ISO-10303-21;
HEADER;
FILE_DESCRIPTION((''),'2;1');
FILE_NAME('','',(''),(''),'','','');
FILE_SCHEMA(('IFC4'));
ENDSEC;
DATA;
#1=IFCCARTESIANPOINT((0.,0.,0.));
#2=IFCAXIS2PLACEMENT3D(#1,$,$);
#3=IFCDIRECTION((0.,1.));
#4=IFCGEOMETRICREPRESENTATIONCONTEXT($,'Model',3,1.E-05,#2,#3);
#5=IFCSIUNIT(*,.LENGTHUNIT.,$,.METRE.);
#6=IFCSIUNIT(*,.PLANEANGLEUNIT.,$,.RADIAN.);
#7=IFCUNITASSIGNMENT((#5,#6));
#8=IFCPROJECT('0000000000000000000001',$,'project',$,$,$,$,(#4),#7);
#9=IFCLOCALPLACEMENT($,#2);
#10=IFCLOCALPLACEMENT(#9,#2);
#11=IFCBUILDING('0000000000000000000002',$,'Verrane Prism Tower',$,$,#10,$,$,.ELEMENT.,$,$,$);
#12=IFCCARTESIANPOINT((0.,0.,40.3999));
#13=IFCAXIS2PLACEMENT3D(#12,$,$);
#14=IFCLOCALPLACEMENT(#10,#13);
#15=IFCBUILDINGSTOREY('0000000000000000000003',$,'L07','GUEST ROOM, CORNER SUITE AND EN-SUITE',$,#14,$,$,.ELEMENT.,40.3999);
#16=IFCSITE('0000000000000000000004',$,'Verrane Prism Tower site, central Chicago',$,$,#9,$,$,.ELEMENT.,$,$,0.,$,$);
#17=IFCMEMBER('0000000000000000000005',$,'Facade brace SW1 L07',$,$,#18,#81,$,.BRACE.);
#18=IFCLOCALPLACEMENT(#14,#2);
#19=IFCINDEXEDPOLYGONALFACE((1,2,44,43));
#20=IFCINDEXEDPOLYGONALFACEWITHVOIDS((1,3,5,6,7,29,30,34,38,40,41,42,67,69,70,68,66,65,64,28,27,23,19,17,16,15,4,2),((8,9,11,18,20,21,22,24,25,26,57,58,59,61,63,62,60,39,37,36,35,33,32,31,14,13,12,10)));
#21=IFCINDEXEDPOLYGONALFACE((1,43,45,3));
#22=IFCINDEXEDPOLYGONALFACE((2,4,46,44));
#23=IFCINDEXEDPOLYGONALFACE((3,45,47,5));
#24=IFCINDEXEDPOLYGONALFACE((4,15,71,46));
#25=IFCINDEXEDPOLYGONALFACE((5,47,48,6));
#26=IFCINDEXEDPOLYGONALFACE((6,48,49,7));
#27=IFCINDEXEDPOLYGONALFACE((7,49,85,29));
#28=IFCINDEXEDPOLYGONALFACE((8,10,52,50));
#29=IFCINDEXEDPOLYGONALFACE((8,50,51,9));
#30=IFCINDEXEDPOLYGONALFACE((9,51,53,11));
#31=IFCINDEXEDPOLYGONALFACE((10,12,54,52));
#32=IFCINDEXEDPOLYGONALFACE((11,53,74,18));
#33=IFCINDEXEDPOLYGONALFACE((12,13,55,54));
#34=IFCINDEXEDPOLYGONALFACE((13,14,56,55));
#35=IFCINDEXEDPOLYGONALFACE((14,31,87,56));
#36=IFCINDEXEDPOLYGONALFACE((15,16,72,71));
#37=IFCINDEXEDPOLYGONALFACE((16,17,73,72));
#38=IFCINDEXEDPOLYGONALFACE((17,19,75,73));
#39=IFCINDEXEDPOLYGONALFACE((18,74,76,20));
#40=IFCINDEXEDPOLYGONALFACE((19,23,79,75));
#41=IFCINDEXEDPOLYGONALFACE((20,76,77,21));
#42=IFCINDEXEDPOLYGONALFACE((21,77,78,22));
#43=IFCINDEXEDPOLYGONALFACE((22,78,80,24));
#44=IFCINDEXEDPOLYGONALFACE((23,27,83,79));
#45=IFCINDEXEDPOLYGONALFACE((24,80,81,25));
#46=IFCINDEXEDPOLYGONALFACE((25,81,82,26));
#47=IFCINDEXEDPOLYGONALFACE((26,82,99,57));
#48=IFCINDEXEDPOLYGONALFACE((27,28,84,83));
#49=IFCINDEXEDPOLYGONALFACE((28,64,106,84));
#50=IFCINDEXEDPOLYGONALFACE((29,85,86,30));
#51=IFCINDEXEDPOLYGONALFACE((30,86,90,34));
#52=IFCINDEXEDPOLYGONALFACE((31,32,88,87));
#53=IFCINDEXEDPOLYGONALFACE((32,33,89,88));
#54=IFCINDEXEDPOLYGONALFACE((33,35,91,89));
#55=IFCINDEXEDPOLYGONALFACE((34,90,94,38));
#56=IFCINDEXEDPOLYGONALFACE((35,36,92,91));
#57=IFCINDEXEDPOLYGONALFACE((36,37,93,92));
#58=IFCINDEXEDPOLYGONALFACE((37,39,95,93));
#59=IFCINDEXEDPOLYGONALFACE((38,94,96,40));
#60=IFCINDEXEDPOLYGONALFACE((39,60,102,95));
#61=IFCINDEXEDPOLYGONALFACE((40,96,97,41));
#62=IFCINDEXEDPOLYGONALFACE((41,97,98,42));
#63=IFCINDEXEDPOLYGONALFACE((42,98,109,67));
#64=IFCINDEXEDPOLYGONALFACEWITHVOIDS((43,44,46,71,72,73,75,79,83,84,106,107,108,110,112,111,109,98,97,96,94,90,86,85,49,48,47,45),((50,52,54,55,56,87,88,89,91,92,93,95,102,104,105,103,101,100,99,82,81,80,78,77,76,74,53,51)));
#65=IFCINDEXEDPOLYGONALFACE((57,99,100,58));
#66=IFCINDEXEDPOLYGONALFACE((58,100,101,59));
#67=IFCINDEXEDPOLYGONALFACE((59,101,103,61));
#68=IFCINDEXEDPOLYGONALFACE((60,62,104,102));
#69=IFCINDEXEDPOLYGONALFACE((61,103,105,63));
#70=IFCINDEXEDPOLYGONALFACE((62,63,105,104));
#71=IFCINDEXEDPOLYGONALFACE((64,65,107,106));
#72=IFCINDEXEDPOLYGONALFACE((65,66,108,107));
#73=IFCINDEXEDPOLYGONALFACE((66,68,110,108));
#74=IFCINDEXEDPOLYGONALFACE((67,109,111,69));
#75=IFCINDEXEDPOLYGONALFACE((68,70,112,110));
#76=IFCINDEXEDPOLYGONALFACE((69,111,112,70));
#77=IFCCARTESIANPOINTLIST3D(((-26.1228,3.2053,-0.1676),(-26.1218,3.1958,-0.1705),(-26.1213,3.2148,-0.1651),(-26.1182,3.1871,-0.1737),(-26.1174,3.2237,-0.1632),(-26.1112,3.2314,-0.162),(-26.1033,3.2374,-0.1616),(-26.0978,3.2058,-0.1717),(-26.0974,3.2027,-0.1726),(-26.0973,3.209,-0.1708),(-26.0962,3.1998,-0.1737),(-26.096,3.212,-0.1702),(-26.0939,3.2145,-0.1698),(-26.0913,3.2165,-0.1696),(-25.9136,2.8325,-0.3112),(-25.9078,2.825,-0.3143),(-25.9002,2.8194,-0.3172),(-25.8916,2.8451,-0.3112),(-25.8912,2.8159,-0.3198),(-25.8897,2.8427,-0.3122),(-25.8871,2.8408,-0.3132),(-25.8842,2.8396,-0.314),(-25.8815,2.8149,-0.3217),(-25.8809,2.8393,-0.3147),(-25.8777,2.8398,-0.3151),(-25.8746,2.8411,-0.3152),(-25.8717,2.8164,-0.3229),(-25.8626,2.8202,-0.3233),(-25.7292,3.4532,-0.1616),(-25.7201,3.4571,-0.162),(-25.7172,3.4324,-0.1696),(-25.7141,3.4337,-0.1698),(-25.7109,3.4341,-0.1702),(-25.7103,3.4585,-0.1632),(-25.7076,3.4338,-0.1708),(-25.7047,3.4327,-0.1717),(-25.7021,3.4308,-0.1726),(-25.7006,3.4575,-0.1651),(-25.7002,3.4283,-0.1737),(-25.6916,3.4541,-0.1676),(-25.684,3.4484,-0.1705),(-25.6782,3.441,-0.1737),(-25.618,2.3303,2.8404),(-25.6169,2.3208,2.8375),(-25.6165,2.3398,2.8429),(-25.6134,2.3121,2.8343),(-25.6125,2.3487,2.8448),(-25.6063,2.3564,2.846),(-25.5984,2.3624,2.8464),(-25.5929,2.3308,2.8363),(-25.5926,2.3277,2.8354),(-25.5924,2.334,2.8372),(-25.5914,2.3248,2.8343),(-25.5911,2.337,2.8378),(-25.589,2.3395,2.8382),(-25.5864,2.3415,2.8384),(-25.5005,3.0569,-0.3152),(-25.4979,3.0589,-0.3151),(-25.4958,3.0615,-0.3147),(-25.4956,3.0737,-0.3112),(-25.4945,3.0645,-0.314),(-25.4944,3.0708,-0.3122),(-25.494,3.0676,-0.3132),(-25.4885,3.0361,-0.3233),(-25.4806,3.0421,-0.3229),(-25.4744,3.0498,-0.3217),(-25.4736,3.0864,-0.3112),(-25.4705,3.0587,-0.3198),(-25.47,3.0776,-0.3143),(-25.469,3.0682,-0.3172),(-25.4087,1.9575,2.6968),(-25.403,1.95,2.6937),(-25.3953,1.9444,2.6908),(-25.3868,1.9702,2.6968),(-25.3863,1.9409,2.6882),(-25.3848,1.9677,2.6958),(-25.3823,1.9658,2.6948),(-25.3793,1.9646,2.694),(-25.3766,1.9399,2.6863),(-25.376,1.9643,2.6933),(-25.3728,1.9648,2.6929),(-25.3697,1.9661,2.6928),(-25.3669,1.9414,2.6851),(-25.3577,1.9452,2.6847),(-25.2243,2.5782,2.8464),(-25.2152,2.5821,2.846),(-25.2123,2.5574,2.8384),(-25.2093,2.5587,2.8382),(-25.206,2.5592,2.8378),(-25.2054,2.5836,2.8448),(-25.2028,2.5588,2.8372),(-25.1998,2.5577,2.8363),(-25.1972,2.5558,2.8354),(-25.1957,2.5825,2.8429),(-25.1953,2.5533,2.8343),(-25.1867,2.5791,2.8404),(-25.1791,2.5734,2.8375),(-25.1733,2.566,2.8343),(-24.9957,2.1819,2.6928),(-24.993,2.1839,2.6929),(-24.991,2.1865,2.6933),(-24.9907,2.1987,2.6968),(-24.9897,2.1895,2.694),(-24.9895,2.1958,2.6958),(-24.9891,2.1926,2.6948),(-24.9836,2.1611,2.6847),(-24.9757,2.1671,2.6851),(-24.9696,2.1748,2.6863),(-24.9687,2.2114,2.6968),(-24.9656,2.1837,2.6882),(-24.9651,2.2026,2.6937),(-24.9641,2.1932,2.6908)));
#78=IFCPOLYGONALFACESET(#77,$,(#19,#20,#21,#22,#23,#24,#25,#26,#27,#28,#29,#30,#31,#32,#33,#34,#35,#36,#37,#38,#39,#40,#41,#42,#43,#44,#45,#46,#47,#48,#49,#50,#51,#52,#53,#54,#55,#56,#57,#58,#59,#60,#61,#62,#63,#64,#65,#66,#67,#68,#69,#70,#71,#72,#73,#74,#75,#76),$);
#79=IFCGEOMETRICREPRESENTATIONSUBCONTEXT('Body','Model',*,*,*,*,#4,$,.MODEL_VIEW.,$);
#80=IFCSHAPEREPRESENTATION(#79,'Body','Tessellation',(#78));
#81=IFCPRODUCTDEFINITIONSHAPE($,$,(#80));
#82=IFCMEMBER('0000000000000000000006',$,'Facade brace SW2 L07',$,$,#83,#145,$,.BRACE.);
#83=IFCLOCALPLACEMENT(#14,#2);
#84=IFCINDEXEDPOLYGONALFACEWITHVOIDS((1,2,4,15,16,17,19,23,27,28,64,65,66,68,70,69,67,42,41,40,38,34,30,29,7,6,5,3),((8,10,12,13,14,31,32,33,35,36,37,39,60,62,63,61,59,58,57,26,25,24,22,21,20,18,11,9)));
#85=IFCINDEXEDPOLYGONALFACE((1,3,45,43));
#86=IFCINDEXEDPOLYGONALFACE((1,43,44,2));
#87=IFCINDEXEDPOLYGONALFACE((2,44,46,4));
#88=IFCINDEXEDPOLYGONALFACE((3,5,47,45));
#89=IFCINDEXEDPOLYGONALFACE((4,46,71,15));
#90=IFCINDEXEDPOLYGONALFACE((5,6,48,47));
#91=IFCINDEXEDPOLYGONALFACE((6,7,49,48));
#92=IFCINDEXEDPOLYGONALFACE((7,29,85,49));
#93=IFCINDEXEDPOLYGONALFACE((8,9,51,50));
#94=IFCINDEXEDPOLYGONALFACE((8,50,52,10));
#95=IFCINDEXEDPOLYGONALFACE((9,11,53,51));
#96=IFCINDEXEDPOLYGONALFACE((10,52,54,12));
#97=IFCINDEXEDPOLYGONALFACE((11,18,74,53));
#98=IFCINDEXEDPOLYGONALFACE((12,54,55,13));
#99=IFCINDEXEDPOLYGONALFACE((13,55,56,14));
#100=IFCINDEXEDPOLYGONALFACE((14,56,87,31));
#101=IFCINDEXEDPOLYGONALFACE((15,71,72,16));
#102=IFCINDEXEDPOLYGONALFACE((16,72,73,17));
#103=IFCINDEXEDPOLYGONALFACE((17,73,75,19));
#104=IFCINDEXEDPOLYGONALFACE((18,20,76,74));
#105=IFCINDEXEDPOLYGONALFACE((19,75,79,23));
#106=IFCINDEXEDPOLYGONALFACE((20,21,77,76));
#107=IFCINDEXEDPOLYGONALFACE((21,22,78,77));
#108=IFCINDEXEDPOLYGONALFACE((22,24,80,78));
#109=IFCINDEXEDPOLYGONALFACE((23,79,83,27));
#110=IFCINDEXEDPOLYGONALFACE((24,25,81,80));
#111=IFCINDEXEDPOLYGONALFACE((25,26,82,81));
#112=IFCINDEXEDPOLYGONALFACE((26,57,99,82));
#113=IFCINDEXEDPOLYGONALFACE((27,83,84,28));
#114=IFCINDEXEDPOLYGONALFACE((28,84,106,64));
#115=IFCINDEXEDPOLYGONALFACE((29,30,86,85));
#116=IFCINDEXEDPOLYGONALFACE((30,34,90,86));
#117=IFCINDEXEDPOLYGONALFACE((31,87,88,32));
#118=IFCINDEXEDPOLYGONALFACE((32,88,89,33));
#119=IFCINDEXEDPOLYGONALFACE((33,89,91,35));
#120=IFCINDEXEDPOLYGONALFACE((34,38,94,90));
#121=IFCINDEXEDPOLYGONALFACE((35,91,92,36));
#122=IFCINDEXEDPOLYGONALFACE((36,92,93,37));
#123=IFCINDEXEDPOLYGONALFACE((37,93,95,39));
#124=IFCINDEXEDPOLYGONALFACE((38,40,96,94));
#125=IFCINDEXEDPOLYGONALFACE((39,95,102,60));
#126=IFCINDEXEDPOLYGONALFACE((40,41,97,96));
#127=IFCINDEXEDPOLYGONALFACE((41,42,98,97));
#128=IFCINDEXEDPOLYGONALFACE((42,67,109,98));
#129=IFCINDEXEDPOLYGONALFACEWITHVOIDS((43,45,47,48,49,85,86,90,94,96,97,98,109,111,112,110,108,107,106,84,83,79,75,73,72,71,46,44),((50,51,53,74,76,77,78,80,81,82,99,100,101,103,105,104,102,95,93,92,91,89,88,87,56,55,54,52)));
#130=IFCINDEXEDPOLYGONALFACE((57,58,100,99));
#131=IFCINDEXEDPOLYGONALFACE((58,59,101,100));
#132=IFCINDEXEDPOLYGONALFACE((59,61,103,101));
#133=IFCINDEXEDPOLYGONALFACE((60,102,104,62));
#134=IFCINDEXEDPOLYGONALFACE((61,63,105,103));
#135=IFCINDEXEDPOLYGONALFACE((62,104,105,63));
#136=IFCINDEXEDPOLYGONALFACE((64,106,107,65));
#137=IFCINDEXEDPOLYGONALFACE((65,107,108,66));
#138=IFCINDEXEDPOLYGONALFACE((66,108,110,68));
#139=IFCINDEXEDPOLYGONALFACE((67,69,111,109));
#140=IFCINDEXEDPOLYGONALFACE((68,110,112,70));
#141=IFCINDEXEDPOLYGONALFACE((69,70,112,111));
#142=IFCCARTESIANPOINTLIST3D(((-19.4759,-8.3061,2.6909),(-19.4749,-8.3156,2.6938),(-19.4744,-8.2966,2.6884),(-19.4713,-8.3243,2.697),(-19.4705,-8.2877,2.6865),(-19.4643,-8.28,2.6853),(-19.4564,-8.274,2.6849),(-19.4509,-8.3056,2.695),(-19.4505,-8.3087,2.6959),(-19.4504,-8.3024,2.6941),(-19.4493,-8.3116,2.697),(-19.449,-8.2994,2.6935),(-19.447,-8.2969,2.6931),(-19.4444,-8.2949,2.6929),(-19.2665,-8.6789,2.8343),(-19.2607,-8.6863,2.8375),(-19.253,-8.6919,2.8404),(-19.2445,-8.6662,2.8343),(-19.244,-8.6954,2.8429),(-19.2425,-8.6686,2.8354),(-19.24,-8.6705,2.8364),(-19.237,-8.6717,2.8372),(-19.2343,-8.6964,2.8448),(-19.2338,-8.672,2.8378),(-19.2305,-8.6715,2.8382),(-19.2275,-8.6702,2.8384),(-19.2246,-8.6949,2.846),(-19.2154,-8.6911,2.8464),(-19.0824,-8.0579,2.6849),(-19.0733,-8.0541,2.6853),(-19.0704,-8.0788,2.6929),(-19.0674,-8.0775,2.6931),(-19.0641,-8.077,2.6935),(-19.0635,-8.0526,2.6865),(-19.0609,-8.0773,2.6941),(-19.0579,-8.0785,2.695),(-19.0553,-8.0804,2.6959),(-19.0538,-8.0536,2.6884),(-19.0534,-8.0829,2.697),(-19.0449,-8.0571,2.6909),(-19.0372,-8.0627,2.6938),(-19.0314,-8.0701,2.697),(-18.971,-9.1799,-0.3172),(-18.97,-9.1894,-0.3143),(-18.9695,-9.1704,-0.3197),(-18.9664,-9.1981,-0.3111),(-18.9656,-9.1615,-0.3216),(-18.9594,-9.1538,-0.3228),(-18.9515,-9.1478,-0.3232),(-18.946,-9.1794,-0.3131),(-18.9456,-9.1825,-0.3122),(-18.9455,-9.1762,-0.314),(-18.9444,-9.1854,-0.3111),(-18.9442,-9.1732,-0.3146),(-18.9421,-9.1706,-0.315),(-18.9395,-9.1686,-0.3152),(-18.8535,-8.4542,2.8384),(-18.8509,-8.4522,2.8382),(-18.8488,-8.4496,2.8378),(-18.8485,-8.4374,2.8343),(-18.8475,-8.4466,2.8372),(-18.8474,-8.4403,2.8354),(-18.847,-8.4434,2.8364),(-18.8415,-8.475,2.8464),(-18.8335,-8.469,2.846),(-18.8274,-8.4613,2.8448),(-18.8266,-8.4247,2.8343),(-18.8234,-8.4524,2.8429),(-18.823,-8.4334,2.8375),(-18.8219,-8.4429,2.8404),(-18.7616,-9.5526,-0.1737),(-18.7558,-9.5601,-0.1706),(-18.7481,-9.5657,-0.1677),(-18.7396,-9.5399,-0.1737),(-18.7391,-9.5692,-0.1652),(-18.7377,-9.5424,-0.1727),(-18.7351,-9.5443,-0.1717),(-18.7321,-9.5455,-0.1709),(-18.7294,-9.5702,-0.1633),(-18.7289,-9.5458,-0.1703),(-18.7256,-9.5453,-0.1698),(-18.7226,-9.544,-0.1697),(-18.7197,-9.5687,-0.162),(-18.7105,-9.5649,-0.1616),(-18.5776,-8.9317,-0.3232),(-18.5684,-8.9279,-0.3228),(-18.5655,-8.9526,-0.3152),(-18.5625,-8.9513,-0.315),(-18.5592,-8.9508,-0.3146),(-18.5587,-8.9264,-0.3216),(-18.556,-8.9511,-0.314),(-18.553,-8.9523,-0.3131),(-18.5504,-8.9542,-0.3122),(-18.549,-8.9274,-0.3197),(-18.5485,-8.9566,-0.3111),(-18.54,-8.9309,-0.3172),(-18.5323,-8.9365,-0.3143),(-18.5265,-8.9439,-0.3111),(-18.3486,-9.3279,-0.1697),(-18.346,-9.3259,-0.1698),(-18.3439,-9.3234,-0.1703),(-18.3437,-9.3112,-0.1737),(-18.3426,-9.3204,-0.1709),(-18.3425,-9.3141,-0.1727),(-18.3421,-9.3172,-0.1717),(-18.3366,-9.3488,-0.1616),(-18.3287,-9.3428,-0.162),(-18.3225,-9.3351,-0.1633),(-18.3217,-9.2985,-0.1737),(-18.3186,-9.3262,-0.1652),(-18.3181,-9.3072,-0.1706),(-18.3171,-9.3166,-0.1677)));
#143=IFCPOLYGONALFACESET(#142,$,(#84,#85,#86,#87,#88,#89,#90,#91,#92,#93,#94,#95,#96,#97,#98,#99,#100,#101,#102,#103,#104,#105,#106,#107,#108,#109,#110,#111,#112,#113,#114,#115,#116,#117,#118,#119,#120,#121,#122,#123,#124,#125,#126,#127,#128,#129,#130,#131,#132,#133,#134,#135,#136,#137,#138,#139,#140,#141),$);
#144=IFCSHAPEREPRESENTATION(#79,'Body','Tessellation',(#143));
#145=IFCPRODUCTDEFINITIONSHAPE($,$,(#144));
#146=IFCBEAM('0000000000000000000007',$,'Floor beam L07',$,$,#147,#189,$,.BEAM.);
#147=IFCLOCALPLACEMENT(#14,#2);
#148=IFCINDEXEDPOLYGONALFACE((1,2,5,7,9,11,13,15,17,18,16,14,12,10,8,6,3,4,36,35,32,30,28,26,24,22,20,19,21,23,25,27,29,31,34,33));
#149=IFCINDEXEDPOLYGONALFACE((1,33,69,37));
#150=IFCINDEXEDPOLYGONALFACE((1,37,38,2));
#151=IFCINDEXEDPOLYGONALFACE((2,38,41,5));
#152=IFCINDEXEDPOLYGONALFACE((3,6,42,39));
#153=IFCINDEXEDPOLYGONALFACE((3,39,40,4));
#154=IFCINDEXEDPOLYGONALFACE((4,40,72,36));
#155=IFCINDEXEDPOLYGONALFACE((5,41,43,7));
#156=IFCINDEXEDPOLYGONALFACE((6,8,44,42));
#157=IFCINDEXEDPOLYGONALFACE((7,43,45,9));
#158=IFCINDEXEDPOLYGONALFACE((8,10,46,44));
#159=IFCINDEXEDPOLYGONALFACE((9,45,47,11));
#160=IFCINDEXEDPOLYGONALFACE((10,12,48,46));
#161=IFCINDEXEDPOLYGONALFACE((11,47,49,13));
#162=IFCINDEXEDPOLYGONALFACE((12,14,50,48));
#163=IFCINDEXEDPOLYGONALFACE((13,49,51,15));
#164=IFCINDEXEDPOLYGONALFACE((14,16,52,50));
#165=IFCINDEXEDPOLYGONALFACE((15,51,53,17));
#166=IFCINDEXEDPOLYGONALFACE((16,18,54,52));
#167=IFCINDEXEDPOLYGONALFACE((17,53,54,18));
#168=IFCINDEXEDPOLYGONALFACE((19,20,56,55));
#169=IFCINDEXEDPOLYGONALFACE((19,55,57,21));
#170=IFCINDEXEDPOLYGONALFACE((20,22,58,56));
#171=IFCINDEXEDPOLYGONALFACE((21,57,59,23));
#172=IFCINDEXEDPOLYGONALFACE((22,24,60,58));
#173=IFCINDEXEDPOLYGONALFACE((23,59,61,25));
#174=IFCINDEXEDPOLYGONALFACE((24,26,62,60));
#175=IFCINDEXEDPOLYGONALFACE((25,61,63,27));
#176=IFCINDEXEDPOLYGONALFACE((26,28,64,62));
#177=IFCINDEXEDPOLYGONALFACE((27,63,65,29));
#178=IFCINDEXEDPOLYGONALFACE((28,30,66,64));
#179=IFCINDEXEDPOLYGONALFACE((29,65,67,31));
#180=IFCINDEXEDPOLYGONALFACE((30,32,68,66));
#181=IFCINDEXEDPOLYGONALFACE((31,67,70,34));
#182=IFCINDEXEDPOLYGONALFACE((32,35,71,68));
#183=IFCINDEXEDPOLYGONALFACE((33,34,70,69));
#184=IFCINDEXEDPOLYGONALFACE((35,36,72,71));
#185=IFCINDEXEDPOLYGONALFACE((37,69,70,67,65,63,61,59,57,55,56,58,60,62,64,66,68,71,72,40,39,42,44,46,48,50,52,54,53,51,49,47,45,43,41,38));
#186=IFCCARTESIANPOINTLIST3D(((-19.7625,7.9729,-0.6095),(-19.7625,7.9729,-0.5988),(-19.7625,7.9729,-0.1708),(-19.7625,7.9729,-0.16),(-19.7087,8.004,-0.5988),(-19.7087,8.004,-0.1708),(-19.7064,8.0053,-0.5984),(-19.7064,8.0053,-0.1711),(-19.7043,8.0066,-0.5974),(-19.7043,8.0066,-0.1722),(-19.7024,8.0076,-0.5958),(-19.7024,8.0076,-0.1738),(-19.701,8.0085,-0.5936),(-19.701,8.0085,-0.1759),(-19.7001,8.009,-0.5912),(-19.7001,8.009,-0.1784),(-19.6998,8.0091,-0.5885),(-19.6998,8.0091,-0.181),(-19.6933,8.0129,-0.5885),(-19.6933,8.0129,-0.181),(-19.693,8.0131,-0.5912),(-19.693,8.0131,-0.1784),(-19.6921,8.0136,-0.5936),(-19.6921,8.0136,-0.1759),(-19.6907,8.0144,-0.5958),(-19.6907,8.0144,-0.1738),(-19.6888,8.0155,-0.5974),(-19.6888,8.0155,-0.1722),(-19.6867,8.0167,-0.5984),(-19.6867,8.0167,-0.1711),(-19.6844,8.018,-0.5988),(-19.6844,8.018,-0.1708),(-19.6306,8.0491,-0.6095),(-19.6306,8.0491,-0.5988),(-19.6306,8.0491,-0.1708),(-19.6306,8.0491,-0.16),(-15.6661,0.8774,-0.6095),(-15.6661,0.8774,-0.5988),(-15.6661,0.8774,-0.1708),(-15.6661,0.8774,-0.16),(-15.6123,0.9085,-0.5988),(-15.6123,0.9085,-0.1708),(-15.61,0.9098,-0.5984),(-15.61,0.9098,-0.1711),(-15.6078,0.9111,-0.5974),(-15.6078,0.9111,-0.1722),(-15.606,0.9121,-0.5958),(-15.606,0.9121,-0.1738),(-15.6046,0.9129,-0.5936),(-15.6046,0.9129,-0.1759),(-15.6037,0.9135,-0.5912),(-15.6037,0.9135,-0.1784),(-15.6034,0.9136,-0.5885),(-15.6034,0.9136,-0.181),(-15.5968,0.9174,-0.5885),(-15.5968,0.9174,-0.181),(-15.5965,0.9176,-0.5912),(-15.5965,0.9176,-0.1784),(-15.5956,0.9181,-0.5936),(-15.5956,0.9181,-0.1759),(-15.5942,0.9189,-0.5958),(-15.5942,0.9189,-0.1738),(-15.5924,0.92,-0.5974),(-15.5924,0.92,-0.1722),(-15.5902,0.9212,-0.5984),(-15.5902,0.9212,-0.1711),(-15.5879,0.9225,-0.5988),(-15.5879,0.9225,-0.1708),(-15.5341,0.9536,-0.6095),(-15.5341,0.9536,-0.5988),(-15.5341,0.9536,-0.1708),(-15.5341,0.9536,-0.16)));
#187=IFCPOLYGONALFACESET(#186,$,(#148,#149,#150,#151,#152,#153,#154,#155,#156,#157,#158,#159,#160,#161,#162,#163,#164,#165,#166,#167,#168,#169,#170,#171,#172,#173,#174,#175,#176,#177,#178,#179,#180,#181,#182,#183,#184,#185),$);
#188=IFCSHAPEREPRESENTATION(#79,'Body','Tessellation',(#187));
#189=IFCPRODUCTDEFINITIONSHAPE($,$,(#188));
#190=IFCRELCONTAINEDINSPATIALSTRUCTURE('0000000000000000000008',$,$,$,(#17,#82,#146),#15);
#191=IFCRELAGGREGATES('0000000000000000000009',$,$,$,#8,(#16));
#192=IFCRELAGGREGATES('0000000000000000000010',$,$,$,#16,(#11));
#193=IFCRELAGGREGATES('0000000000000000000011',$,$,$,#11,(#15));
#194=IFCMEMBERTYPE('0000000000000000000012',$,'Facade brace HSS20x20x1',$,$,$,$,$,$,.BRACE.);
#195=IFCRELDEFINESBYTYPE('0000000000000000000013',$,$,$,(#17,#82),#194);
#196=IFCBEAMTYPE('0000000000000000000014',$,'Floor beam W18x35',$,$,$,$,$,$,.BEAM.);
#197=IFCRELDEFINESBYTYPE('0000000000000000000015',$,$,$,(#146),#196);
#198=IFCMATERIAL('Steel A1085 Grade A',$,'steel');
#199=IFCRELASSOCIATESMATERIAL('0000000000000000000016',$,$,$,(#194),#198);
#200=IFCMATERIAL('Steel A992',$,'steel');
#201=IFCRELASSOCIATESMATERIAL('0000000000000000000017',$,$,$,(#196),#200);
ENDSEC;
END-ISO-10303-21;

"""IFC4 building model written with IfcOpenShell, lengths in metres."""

from ifc_helpers import new_model, si_unit, direction, frame, origin, origin_2d, place, context, subcontext, project, spatial, hollow_rectangle, i_section, extrude, material, material_profile, profile_set, type_object, element, save


model = new_model("IFC4")

# Units and contexts
model_context = context("Model", 3, precision=1e-05, world=origin(), true_north=direction((0.0, 1.0)))
body_context = subcontext(model_context, "Body", "Model", "MODEL_VIEW")
ifc_project = project(units=[si_unit("LENGTHUNIT", "METRE"), si_unit("PLANEANGLEUNIT", "RADIAN")], contexts=[model_context])

# Site, building, storey
site_placement = place(None, origin())
site = spatial("IfcSite", under=ifc_project, at=site_placement, Name="Verrane Prism Tower site, central Chicago", CompositionType="ELEMENT", RefElevation=0.0)
building_placement = place(site_placement, origin())
building = spatial("IfcBuilding", under=site, at=building_placement, Name="Verrane Prism Tower", CompositionType="ELEMENT")
storey_placement = place(building_placement, frame((0.0, 0.0, 40.3999)))
storey = spatial("IfcBuildingStorey", under=building, at=storey_placement, Name="L07", Description="GUEST ROOM, CORNER SUITE AND EN-SUITE", CompositionType="ELEMENT", Elevation=40.3999)

# Members
ifc_material_1 = material(Name="Steel A1085 Grade A", Category="steel")
ifc_material_profile_1 = material_profile(ifc_material_1, hollow_rectangle(XDim=0.5081, YDim=0.5081, WallThickness=0.0254, InnerFilletRadius=0.0127, OuterFilletRadius=0.0381, at=origin_2d()), Name="HSS20x20x1")
ifc_profile_set_1 = profile_set([ifc_material_profile_1], Name="Steel A1085 Grade A")
member_type_1 = type_object("IfcMemberType", Name="Facade brace HSS20x20x1", PredefinedType="BRACE", material=ifc_profile_set_1)
member_1_placement = place(storey_placement, frame((-25.7959, 3.1367, -0.2424), z_axis=(0.15911, -0.27575, 0.947969), x_axis=(0.866153, 0.499778, 0.0)))
element("IfcMember", 1, at=member_1_placement, inside=storey, type_object=member_type_1, Name="Facade brace SW1 L07", PredefinedType="BRACE", context=body_context, shape_type="SweptSolid", body=[
    extrude(hollow_rectangle(XDim=0.5081, YDim=0.5081, WallThickness=0.0254, InnerFilletRadius=0.0127, OuterFilletRadius=0.0381, at=origin_2d()), origin(), (0.0, 0.0, 1.0), 3.1731),
])
member_2_placement = place(storey_placement, frame((-18.644, -9.2483, -0.2424), z_axis=(-0.159127, 0.275395, 0.94807), x_axis=(-0.865851, -0.500302, 0.0)))
element("IfcMember", 2, at=member_2_placement, inside=storey, type_object=member_type_1, Name="Facade brace SW2 L07", PredefinedType="BRACE", context=body_context, shape_type="SweptSolid", body=[
    extrude(hollow_rectangle(XDim=0.5081, YDim=0.5081, WallThickness=0.0254, InnerFilletRadius=0.0127, OuterFilletRadius=0.0381, at=origin_2d()), origin(), (0.0, 0.0, 1.0), 3.1729),
])

# Beam
ifc_material_2 = material(Name="Steel A992", Category="steel")
ifc_material_profile_2 = material_profile(ifc_material_2, i_section(OverallWidth=0.1523, OverallDepth=0.4495, WebThickness=0.0076, FlangeThickness=0.0107, FilletRadius=0.0103, at=origin_2d()), Name="W18x35")
ifc_profile_set_2 = profile_set([ifc_material_profile_2], Name="Steel A992")
beam_type_1 = type_object("IfcBeamType", Name="Floor beam W18x35", PredefinedType="BEAM", material=ifc_profile_set_2)
beam_1_placement = place(storey_placement, frame((-15.6001, 0.9155, -0.3848), z_axis=(-0.499988, 0.866032, 0.0), x_axis=(-0.866032, -0.499988, 0.0)))
element("IfcBeam", 3, at=beam_1_placement, inside=storey, type_object=beam_type_1, Name="Floor beam L07", PredefinedType="BEAM", context=body_context, shape_type="SweptSolid", body=[
    extrude(i_section(OverallWidth=0.1523, OverallDepth=0.4495, WebThickness=0.0076, FlangeThickness=0.0107, FilletRadius=0.0103, at=origin_2d()), origin(), (0.0, 0.0, 1.0), 8.1931),
])

save(model, "model.ifc")
